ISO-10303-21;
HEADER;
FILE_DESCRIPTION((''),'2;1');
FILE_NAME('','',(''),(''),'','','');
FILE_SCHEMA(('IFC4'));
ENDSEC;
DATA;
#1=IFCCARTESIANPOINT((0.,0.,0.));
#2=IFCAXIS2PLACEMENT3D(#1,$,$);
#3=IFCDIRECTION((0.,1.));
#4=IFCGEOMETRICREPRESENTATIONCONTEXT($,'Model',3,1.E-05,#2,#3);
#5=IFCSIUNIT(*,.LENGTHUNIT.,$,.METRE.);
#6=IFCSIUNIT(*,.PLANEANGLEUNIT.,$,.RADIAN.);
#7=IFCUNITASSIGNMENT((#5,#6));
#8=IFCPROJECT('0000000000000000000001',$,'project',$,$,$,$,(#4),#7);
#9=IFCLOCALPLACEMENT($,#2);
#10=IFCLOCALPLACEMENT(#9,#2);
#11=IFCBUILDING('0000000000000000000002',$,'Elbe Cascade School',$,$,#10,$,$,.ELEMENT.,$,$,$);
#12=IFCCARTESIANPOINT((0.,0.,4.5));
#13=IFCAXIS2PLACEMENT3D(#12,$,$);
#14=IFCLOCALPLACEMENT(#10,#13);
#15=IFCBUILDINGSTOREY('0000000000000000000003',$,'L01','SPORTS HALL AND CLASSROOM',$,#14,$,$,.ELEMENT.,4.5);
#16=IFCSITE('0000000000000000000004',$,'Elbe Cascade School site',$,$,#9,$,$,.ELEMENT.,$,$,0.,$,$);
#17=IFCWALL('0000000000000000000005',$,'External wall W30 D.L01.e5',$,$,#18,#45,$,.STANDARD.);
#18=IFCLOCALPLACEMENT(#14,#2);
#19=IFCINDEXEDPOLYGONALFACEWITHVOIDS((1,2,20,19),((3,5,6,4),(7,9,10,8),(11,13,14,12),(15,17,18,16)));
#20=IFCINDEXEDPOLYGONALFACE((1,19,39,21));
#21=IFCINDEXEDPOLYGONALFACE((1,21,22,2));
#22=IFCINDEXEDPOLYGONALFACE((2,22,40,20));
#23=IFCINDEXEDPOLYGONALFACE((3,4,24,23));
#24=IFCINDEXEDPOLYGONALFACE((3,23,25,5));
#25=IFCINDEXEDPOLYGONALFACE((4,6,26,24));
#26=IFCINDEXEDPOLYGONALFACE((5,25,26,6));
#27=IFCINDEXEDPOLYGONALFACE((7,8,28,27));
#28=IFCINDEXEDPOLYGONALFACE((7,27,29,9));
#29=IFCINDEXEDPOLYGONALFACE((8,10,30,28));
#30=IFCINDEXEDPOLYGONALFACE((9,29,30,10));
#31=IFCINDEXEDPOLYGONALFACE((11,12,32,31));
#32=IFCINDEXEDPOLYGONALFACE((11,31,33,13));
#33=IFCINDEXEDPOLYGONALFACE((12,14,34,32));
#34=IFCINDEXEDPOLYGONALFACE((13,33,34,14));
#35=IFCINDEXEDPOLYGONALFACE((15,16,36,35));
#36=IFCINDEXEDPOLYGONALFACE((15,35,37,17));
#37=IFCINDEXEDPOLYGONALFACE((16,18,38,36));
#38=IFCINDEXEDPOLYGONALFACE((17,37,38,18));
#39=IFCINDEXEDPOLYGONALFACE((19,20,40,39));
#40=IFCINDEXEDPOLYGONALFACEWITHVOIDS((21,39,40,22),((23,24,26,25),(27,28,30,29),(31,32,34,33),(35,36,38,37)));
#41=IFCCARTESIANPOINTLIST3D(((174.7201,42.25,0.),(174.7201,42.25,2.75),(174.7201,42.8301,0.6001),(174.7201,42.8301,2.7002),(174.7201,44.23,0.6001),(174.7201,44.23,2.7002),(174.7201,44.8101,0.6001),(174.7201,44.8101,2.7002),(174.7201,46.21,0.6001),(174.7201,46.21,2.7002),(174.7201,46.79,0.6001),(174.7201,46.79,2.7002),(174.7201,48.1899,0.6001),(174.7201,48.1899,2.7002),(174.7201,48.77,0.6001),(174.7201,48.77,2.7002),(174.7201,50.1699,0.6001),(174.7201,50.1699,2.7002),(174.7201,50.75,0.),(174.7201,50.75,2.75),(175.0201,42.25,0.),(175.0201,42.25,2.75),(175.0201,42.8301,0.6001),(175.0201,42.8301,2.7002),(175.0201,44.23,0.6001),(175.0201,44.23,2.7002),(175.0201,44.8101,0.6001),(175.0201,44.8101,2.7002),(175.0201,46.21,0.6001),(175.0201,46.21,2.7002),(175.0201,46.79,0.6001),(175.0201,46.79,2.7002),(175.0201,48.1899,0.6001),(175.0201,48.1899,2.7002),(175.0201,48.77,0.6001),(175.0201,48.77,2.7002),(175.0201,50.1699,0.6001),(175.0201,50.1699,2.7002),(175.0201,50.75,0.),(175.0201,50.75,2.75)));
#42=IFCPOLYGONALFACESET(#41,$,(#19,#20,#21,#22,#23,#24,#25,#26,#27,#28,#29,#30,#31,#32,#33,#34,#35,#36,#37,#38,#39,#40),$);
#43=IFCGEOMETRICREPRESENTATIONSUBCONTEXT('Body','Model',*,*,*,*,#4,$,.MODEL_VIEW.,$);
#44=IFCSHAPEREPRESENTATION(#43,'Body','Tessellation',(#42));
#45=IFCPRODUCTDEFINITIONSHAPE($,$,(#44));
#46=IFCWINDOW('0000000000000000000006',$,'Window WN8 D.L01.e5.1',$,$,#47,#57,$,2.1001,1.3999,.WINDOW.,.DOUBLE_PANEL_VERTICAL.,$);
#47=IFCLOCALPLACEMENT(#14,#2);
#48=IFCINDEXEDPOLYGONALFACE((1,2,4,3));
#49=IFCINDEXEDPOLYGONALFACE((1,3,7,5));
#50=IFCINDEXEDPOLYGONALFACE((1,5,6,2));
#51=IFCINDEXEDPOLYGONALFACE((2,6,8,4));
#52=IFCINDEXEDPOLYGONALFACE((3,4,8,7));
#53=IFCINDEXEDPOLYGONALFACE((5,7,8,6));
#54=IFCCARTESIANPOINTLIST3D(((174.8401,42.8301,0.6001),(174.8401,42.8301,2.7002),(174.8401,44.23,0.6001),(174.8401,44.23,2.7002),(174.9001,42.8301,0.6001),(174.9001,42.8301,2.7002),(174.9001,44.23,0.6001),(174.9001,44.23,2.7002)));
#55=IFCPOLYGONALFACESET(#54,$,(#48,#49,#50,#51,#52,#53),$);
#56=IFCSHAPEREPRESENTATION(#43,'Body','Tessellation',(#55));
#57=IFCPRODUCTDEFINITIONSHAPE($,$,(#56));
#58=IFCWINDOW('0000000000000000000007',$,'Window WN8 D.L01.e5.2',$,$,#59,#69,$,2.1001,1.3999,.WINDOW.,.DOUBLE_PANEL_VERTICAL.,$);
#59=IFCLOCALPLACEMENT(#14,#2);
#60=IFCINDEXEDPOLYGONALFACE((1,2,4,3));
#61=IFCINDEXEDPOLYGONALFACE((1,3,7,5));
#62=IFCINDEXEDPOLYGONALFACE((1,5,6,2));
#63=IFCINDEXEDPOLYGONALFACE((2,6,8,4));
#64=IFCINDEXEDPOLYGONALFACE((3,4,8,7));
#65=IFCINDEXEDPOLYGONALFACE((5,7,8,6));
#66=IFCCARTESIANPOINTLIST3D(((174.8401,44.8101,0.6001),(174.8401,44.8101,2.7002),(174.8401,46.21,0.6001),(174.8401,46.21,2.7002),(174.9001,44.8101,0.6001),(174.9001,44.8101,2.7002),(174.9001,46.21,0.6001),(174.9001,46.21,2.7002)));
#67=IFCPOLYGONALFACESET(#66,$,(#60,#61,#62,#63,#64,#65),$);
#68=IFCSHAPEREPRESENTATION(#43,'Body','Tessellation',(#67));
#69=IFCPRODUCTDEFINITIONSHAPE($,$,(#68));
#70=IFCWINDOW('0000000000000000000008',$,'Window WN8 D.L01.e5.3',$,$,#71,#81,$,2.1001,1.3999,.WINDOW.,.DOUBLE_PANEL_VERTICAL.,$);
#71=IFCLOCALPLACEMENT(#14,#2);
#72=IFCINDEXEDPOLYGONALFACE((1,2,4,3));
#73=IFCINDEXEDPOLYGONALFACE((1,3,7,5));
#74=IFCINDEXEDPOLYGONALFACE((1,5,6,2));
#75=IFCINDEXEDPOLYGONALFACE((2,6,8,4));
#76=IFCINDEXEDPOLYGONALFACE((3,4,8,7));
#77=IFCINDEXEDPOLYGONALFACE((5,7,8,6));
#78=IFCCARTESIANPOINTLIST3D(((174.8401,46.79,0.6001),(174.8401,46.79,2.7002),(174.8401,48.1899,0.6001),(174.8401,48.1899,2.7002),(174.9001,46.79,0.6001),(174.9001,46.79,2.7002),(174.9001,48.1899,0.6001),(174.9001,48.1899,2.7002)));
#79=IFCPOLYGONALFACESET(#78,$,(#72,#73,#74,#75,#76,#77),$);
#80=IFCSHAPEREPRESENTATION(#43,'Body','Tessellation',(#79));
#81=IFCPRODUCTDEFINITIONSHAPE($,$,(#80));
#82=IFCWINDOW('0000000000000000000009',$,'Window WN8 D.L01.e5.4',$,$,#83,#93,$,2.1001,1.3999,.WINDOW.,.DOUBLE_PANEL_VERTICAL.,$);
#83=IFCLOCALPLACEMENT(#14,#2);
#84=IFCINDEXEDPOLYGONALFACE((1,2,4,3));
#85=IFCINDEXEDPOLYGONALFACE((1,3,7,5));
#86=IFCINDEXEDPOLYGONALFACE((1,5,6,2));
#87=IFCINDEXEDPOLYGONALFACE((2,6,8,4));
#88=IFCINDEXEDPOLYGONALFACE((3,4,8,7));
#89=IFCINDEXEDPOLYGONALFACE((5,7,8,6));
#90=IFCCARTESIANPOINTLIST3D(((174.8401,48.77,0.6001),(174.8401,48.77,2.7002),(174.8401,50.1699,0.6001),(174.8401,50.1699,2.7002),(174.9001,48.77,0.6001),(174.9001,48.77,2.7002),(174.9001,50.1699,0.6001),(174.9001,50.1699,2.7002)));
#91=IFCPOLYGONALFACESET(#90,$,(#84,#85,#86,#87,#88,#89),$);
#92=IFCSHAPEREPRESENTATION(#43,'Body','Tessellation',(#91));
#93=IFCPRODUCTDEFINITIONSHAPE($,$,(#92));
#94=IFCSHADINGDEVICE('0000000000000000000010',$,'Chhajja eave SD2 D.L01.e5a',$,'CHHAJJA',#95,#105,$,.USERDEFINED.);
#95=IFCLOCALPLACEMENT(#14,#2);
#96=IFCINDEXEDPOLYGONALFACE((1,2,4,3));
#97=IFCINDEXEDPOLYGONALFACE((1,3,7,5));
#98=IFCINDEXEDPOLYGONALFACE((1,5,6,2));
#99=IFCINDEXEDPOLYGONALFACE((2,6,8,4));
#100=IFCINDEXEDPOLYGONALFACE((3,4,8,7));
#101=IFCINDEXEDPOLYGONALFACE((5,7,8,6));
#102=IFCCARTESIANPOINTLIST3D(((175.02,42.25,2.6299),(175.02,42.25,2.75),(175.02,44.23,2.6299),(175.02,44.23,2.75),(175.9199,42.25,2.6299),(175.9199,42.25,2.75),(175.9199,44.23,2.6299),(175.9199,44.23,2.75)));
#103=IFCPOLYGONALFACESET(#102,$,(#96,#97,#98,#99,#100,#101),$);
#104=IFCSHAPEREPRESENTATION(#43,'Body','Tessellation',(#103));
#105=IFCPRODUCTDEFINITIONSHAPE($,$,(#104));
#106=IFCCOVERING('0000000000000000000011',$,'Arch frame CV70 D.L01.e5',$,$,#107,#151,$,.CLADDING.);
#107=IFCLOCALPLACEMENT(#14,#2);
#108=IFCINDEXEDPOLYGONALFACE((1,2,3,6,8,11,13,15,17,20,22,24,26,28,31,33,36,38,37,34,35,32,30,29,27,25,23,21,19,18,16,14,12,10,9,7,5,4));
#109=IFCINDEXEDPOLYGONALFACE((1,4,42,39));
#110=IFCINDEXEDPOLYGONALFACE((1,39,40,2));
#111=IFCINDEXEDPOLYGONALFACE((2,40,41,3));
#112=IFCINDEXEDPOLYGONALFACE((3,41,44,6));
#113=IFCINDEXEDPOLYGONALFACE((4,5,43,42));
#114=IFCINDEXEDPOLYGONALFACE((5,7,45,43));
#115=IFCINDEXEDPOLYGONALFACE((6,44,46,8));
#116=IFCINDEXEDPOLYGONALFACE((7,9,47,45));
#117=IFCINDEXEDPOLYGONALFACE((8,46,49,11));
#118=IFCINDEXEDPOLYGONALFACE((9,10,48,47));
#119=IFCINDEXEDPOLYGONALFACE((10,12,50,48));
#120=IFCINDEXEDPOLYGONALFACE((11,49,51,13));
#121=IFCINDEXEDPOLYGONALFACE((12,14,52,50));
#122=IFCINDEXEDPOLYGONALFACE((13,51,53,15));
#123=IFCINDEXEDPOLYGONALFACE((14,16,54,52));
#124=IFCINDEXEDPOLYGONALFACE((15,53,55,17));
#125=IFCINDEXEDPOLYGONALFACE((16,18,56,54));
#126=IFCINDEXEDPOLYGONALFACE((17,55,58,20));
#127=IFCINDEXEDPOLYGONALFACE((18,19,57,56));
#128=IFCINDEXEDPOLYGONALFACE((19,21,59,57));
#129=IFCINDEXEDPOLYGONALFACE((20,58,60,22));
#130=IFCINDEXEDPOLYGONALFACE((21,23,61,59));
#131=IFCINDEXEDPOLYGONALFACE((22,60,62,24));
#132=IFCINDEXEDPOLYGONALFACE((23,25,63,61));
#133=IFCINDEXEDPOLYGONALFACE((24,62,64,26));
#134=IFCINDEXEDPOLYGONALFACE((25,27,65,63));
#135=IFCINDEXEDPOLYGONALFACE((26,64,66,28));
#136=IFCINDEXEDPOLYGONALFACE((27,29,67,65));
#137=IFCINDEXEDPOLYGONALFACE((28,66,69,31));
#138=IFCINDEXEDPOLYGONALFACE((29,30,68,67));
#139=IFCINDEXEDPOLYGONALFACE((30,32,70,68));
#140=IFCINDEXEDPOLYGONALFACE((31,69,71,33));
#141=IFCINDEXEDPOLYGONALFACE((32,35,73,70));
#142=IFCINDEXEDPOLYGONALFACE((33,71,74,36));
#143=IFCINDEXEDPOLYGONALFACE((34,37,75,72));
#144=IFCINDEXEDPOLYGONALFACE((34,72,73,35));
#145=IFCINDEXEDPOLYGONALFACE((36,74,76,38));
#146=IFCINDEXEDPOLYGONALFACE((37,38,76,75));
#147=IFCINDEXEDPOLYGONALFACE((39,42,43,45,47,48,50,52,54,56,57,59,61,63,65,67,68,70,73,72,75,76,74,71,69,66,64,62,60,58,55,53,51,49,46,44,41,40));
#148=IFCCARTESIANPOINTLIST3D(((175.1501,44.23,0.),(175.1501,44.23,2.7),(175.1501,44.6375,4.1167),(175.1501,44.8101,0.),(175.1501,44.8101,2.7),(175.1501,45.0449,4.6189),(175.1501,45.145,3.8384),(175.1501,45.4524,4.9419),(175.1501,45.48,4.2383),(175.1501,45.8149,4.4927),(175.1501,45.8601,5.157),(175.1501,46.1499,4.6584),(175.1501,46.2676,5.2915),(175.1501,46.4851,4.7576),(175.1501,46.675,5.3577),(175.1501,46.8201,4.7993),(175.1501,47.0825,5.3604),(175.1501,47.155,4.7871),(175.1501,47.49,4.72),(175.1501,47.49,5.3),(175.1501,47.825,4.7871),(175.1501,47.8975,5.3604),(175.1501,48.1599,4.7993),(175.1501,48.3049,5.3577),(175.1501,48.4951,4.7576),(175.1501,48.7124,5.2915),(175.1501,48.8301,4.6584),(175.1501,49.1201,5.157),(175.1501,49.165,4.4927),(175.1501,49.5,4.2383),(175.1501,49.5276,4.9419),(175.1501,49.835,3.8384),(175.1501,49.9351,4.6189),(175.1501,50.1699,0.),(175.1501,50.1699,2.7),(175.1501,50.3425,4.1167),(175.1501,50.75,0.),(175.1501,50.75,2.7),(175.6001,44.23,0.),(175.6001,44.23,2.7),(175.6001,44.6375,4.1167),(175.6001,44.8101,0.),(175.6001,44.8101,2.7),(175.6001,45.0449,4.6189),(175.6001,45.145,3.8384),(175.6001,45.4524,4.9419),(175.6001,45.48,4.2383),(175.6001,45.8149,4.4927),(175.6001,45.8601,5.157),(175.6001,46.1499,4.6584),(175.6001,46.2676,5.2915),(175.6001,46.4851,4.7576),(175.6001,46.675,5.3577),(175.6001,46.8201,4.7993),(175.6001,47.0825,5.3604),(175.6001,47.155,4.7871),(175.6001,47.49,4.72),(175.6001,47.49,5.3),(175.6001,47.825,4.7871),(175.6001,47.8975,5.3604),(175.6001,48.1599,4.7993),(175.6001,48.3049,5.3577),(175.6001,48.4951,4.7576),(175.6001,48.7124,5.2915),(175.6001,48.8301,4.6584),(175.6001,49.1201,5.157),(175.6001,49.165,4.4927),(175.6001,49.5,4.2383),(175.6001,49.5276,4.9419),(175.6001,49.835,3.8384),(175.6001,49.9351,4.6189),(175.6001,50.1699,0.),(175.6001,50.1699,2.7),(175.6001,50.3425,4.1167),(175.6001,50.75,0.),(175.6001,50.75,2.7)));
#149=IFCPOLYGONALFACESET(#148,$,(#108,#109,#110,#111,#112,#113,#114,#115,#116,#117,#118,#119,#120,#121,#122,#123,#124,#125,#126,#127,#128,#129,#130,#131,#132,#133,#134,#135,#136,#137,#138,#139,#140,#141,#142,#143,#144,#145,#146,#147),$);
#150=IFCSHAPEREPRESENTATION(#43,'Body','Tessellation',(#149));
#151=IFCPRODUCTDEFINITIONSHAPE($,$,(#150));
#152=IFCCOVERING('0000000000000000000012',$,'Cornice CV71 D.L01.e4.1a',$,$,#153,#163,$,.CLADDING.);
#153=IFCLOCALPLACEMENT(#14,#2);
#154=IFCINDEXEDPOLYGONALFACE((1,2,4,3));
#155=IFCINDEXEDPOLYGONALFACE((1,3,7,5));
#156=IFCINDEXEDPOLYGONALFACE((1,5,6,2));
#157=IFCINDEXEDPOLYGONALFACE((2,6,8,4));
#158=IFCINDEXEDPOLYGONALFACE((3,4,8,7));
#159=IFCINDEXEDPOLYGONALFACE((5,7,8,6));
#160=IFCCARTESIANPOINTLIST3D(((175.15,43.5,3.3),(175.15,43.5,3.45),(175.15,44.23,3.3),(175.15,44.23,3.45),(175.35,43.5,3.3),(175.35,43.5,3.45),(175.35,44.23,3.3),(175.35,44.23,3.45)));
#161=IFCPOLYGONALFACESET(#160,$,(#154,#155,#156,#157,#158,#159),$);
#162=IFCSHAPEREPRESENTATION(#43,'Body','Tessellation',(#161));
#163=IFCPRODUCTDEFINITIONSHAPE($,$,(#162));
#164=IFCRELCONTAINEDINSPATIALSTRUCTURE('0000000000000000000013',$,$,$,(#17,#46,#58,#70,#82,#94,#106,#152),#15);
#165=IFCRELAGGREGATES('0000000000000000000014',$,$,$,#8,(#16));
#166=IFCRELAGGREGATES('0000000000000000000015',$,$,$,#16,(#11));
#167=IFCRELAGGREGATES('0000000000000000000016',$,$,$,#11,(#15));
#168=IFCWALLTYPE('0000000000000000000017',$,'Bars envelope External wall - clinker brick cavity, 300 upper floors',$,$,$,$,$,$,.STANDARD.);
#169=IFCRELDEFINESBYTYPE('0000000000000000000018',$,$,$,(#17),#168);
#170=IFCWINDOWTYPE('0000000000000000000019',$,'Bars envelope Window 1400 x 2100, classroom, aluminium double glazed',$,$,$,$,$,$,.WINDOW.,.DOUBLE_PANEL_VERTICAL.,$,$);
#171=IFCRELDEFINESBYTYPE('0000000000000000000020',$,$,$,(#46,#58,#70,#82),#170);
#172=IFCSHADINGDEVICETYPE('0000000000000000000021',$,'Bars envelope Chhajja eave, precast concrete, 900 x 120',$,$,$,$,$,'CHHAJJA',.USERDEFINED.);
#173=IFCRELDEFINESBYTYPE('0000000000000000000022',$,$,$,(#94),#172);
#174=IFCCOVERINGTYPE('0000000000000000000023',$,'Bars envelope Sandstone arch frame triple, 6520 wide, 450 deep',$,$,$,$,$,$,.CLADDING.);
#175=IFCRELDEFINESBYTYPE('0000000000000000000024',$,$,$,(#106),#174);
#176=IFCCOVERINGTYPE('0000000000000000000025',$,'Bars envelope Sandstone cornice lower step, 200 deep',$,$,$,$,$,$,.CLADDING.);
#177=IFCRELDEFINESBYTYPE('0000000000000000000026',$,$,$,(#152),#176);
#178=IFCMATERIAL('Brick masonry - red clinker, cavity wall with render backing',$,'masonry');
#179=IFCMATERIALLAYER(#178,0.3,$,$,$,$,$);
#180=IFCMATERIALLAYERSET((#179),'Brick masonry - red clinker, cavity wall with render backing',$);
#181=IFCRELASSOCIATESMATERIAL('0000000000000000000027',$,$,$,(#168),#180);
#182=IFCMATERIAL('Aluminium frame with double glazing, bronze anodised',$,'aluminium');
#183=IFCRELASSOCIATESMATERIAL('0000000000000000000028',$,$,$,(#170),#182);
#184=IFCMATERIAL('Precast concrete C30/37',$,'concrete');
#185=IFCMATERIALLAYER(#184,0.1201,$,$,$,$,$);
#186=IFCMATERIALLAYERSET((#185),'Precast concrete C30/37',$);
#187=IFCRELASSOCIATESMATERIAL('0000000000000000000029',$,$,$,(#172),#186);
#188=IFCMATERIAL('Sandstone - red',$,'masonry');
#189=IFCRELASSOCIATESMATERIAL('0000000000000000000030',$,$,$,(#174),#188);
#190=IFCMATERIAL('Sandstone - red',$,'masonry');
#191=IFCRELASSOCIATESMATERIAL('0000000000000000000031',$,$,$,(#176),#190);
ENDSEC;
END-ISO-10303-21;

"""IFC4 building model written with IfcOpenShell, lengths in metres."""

from ifc_helpers import new_model, si_unit, direction, frame, frame_2d, origin, origin_2d, place, context, subcontext, project, spatial, polyline, rectangle, outline, extrude, material, layer, layer_set, type_object, element, fill, save


model = new_model("IFC4")

# Units and contexts
model_context = context("Model", 3, precision=1e-05, world=origin(), true_north=direction((0.0, 1.0)))
body_context = subcontext(model_context, "Body", "Model", "MODEL_VIEW")
ifc_project = project(units=[si_unit("LENGTHUNIT", "METRE"), si_unit("PLANEANGLEUNIT", "RADIAN")], contexts=[model_context])

# Site, building, storey
site_placement = place(None, origin())
site = spatial("IfcSite", under=ifc_project, at=site_placement, Name="Elbe Cascade School site", CompositionType="ELEMENT", RefElevation=0.0)
building_placement = place(site_placement, origin())
building = spatial("IfcBuilding", under=site, at=building_placement, Name="Elbe Cascade School", CompositionType="ELEMENT")
storey_placement = place(building_placement, frame((0.0, 0.0, 4.5)))
storey = spatial("IfcBuildingStorey", under=building, at=storey_placement, Name="L01", Description="SPORTS HALL AND CLASSROOM", CompositionType="ELEMENT", Elevation=4.5)

# Wall, openings, windows
ifc_material_1 = material(Name="Brick masonry - red clinker, cavity wall with render backing", Category="masonry")
ifc_layer_1 = layer(ifc_material_1, 0.3)
ifc_layer_set_1 = layer_set([ifc_layer_1], Name="Brick masonry - red clinker, cavity wall with render backing")
wall_type_1 = type_object("IfcWallType", Name="Bars envelope External wall - clinker brick cavity, 300 upper floors", PredefinedType="STANDARD", material=ifc_layer_set_1)
wall_1_placement = place(storey_placement, frame((174.8701, 50.75, 0.0), z_axis=(0.0, 0.0, 1.0), x_axis=(0.0, -1.0, 0.0)))
wall_1 = element("IfcWall", 1, at=wall_1_placement, inside=storey, type_object=wall_type_1, Name="External wall W30 D.L01.e5", PredefinedType="STANDARD", context=body_context, shape_type="SweptSolid", body=[
    extrude(rectangle(XDim=8.5, YDim=0.3, at=frame_2d((4.25, 0.0))), origin(), (0.0, 0.0, 1.0), 2.75),
])
opening_1_placement = place(wall_1_placement, frame((6.52, 0.0, 0.6001)))
opening_1 = element("IfcOpeningElement", 2, at=opening_1_placement, cuts=wall_1, PredefinedType="OPENING", context=body_context, shape_type="SweptSolid", body=[
    extrude(rectangle(XDim=1.3999, YDim=2.1001, at=frame_2d((0.7, 1.05))), frame((0.0, 0.1599, 0.0), z_axis=(0.0, -1.0, 0.0), x_axis=(1.0, 0.0, 0.0)), (0.0, 0.0, 1.0), 0.3201),
])
opening_2_placement = place(wall_1_placement, frame((4.54, 0.0, 0.6001)))
opening_2 = element("IfcOpeningElement", 3, at=opening_2_placement, cuts=wall_1, PredefinedType="OPENING", context=body_context, shape_type="SweptSolid", body=[
    extrude(rectangle(XDim=1.3999, YDim=2.1001, at=frame_2d((0.7, 1.05))), frame((0.0, 0.1599, 0.0), z_axis=(0.0, -1.0, 0.0), x_axis=(1.0, 0.0, 0.0)), (0.0, 0.0, 1.0), 0.3201),
])
opening_3_placement = place(wall_1_placement, frame((2.5601, 0.0, 0.6001)))
opening_3 = element("IfcOpeningElement", 4, at=opening_3_placement, cuts=wall_1, PredefinedType="OPENING", context=body_context, shape_type="SweptSolid", body=[
    extrude(rectangle(XDim=1.3999, YDim=2.1001, at=frame_2d((0.7, 1.05))), frame((0.0, 0.1599, 0.0), z_axis=(0.0, -1.0, 0.0), x_axis=(1.0, 0.0, 0.0)), (0.0, 0.0, 1.0), 0.3201),
])
opening_4_placement = place(wall_1_placement, frame((0.5801, 0.0, 0.6001)))
opening_4 = element("IfcOpeningElement", 5, at=opening_4_placement, cuts=wall_1, PredefinedType="OPENING", context=body_context, shape_type="SweptSolid", body=[
    extrude(rectangle(XDim=1.3999, YDim=2.1001, at=frame_2d((0.7, 1.05))), frame((0.0, 0.1599, 0.0), z_axis=(0.0, -1.0, 0.0), x_axis=(1.0, 0.0, 0.0)), (0.0, 0.0, 1.0), 0.3201),
])
ifc_material_2 = material(Name="Aluminium frame with double glazing, bronze anodised", Category="aluminium")
window_type = type_object("IfcWindowType", Name="Bars envelope Window 1400 x 2100, classroom, aluminium double glazed", PartitioningType="DOUBLE_PANEL_VERTICAL", PredefinedType="WINDOW", material=ifc_material_2)
window_1_placement = place(opening_1_placement, origin())
window_1 = element("IfcWindow", 6, at=window_1_placement, inside=storey, type_object=window_type, Name="Window WN8 D.L01.e5.1", OverallHeight=2.1001, OverallWidth=1.3999, PartitioningType="DOUBLE_PANEL_VERTICAL", PredefinedType="WINDOW", context=body_context, shape_type="SweptSolid", body=[
    extrude(rectangle(XDim=1.3999, YDim=2.1001, at=frame_2d((0.7, 1.05))), frame((0.0, 0.03, 0.0), z_axis=(0.0, -1.0, 0.0), x_axis=(1.0, 0.0, 0.0)), (0.0, 0.0, 1.0), 0.0601),
])
fill(opening_1, window_1)
window_2_placement = place(opening_2_placement, origin())
window_2 = element("IfcWindow", 7, at=window_2_placement, inside=storey, type_object=window_type, Name="Window WN8 D.L01.e5.2", OverallHeight=2.1001, OverallWidth=1.3999, PartitioningType="DOUBLE_PANEL_VERTICAL", PredefinedType="WINDOW", context=body_context, shape_type="SweptSolid", body=[
    extrude(rectangle(XDim=1.3999, YDim=2.1001, at=frame_2d((0.7, 1.05))), frame((0.0, 0.03, 0.0), z_axis=(0.0, -1.0, 0.0), x_axis=(1.0, 0.0, 0.0)), (0.0, 0.0, 1.0), 0.0601),
])
fill(opening_2, window_2)
window_3_placement = place(opening_3_placement, origin())
window_3 = element("IfcWindow", 8, at=window_3_placement, inside=storey, type_object=window_type, Name="Window WN8 D.L01.e5.3", OverallHeight=2.1001, OverallWidth=1.3999, PartitioningType="DOUBLE_PANEL_VERTICAL", PredefinedType="WINDOW", context=body_context, shape_type="SweptSolid", body=[
    extrude(rectangle(XDim=1.3999, YDim=2.1001, at=frame_2d((0.7, 1.05))), frame((0.0, 0.03, 0.0), z_axis=(0.0, -1.0, 0.0), x_axis=(1.0, 0.0, 0.0)), (0.0, 0.0, 1.0), 0.0601),
])
fill(opening_3, window_3)
window_4_placement = place(opening_4_placement, origin())
window_4 = element("IfcWindow", 9, at=window_4_placement, inside=storey, type_object=window_type, Name="Window WN8 D.L01.e5.4", OverallHeight=2.1001, OverallWidth=1.3999, PartitioningType="DOUBLE_PANEL_VERTICAL", PredefinedType="WINDOW", context=body_context, shape_type="SweptSolid", body=[
    extrude(rectangle(XDim=1.3999, YDim=2.1001, at=frame_2d((0.7, 1.05))), frame((0.0, 0.03, 0.0), z_axis=(0.0, -1.0, 0.0), x_axis=(1.0, 0.0, 0.0)), (0.0, 0.0, 1.0), 0.0601),
])
fill(opening_4, window_4)

# Shading device
ifc_material_3 = material(Name="Precast concrete C30/37", Category="concrete")
ifc_layer_2 = layer(ifc_material_3, 0.1201)
ifc_layer_set_2 = layer_set([ifc_layer_2], Name="Precast concrete C30/37")
shading_device_type = type_object("IfcShadingDeviceType", Name="Bars envelope Chhajja eave, precast concrete, 900 x 120", ElementType="CHHAJJA", PredefinedType="USERDEFINED", material=ifc_layer_set_2)
shading_device_placement = place(storey_placement, frame((175.47, 43.24, 2.6299), z_axis=(0.0, 0.0, 1.0), x_axis=(0.0, 1.0, 0.0)))
element("IfcShadingDevice", 10, at=shading_device_placement, inside=storey, type_object=shading_device_type, Name="Chhajja eave SD2 D.L01.e5a", ObjectType="CHHAJJA", PredefinedType="USERDEFINED", context=body_context, shape_type="SweptSolid", body=[
    extrude(rectangle(XDim=1.98, YDim=0.8999, at=origin_2d()), origin(), (0.0, 0.0, 1.0), 0.1201),
])

# Coverings
ifc_material_4 = material(Name="Sandstone - red", Category="masonry")
covering_type_1 = type_object("IfcCoveringType", Name="Bars envelope Sandstone arch frame triple, 6520 wide, 450 deep", PredefinedType="CLADDING", material=ifc_material_4)
covering_1_placement = place(storey_placement, frame((175.6001, 44.8101, 0.0), z_axis=(1.0, 0.0, 0.0), x_axis=(0.0, 0.0, 1.0)))
element("IfcCovering", 11, at=covering_1_placement, inside=storey, type_object=covering_type_1, Name="Arch frame CV70 D.L01.e5", PredefinedType="CLADDING", context=body_context, shape_type="SweptSolid", body=[
    extrude(outline(polyline([(0.0, 0.0), (2.7, 0.0), (3.8384, -0.335), (4.2383, -0.6699), (4.4927, -1.0049), (4.6584, -1.3398), (4.7576, -1.675), (4.7993, -2.01), (4.7871, -2.345), (4.72, -2.6799), (4.7871, -3.0149), (4.7993, -3.3499), (4.7576, -3.6851), (4.6584, -4.02), (4.4927, -4.355), (4.2383, -4.6899), (3.8384, -5.0249), (2.7, -5.3599), (0.0, -5.3599), (0.0, -5.9399), (2.7, -5.9399), (4.1167, -5.5325), (4.6189, -5.125), (4.9419, -4.7175), (5.157, -4.3101), (5.2915, -3.9023), (5.3577, -3.4949), (5.3604, -3.0874), (5.3, -2.6799), (5.3604, -2.2725), (5.3577, -1.865), (5.2915, -1.4575), (5.157, -1.05), (4.9419, -0.6423), (4.6189, -0.2349), (4.1167, 0.1726), (2.7, 0.5801), (0.0, 0.5801), (0.0, 0.0)])), origin(), (0.0, 0.0, -1.0), 0.45),
])
ifc_material_5 = material(Name="Sandstone - red", Category="masonry")
covering_type_2 = type_object("IfcCoveringType", Name="Bars envelope Sandstone cornice lower step, 200 deep", PredefinedType="CLADDING", material=ifc_material_5)
covering_2_placement = place(storey_placement, frame((175.25, 43.865, 3.3), z_axis=(0.0, 0.0, 1.0), x_axis=(0.0, 1.0, 0.0)))
element("IfcCovering", 12, at=covering_2_placement, inside=storey, type_object=covering_type_2, Name="Cornice CV71 D.L01.e4.1a", PredefinedType="CLADDING", context=body_context, shape_type="SweptSolid", body=[
    extrude(rectangle(XDim=0.73, YDim=0.2, at=origin_2d()), origin(), (0.0, 0.0, 1.0), 0.1499),
])

save(model, "model.ifc")
